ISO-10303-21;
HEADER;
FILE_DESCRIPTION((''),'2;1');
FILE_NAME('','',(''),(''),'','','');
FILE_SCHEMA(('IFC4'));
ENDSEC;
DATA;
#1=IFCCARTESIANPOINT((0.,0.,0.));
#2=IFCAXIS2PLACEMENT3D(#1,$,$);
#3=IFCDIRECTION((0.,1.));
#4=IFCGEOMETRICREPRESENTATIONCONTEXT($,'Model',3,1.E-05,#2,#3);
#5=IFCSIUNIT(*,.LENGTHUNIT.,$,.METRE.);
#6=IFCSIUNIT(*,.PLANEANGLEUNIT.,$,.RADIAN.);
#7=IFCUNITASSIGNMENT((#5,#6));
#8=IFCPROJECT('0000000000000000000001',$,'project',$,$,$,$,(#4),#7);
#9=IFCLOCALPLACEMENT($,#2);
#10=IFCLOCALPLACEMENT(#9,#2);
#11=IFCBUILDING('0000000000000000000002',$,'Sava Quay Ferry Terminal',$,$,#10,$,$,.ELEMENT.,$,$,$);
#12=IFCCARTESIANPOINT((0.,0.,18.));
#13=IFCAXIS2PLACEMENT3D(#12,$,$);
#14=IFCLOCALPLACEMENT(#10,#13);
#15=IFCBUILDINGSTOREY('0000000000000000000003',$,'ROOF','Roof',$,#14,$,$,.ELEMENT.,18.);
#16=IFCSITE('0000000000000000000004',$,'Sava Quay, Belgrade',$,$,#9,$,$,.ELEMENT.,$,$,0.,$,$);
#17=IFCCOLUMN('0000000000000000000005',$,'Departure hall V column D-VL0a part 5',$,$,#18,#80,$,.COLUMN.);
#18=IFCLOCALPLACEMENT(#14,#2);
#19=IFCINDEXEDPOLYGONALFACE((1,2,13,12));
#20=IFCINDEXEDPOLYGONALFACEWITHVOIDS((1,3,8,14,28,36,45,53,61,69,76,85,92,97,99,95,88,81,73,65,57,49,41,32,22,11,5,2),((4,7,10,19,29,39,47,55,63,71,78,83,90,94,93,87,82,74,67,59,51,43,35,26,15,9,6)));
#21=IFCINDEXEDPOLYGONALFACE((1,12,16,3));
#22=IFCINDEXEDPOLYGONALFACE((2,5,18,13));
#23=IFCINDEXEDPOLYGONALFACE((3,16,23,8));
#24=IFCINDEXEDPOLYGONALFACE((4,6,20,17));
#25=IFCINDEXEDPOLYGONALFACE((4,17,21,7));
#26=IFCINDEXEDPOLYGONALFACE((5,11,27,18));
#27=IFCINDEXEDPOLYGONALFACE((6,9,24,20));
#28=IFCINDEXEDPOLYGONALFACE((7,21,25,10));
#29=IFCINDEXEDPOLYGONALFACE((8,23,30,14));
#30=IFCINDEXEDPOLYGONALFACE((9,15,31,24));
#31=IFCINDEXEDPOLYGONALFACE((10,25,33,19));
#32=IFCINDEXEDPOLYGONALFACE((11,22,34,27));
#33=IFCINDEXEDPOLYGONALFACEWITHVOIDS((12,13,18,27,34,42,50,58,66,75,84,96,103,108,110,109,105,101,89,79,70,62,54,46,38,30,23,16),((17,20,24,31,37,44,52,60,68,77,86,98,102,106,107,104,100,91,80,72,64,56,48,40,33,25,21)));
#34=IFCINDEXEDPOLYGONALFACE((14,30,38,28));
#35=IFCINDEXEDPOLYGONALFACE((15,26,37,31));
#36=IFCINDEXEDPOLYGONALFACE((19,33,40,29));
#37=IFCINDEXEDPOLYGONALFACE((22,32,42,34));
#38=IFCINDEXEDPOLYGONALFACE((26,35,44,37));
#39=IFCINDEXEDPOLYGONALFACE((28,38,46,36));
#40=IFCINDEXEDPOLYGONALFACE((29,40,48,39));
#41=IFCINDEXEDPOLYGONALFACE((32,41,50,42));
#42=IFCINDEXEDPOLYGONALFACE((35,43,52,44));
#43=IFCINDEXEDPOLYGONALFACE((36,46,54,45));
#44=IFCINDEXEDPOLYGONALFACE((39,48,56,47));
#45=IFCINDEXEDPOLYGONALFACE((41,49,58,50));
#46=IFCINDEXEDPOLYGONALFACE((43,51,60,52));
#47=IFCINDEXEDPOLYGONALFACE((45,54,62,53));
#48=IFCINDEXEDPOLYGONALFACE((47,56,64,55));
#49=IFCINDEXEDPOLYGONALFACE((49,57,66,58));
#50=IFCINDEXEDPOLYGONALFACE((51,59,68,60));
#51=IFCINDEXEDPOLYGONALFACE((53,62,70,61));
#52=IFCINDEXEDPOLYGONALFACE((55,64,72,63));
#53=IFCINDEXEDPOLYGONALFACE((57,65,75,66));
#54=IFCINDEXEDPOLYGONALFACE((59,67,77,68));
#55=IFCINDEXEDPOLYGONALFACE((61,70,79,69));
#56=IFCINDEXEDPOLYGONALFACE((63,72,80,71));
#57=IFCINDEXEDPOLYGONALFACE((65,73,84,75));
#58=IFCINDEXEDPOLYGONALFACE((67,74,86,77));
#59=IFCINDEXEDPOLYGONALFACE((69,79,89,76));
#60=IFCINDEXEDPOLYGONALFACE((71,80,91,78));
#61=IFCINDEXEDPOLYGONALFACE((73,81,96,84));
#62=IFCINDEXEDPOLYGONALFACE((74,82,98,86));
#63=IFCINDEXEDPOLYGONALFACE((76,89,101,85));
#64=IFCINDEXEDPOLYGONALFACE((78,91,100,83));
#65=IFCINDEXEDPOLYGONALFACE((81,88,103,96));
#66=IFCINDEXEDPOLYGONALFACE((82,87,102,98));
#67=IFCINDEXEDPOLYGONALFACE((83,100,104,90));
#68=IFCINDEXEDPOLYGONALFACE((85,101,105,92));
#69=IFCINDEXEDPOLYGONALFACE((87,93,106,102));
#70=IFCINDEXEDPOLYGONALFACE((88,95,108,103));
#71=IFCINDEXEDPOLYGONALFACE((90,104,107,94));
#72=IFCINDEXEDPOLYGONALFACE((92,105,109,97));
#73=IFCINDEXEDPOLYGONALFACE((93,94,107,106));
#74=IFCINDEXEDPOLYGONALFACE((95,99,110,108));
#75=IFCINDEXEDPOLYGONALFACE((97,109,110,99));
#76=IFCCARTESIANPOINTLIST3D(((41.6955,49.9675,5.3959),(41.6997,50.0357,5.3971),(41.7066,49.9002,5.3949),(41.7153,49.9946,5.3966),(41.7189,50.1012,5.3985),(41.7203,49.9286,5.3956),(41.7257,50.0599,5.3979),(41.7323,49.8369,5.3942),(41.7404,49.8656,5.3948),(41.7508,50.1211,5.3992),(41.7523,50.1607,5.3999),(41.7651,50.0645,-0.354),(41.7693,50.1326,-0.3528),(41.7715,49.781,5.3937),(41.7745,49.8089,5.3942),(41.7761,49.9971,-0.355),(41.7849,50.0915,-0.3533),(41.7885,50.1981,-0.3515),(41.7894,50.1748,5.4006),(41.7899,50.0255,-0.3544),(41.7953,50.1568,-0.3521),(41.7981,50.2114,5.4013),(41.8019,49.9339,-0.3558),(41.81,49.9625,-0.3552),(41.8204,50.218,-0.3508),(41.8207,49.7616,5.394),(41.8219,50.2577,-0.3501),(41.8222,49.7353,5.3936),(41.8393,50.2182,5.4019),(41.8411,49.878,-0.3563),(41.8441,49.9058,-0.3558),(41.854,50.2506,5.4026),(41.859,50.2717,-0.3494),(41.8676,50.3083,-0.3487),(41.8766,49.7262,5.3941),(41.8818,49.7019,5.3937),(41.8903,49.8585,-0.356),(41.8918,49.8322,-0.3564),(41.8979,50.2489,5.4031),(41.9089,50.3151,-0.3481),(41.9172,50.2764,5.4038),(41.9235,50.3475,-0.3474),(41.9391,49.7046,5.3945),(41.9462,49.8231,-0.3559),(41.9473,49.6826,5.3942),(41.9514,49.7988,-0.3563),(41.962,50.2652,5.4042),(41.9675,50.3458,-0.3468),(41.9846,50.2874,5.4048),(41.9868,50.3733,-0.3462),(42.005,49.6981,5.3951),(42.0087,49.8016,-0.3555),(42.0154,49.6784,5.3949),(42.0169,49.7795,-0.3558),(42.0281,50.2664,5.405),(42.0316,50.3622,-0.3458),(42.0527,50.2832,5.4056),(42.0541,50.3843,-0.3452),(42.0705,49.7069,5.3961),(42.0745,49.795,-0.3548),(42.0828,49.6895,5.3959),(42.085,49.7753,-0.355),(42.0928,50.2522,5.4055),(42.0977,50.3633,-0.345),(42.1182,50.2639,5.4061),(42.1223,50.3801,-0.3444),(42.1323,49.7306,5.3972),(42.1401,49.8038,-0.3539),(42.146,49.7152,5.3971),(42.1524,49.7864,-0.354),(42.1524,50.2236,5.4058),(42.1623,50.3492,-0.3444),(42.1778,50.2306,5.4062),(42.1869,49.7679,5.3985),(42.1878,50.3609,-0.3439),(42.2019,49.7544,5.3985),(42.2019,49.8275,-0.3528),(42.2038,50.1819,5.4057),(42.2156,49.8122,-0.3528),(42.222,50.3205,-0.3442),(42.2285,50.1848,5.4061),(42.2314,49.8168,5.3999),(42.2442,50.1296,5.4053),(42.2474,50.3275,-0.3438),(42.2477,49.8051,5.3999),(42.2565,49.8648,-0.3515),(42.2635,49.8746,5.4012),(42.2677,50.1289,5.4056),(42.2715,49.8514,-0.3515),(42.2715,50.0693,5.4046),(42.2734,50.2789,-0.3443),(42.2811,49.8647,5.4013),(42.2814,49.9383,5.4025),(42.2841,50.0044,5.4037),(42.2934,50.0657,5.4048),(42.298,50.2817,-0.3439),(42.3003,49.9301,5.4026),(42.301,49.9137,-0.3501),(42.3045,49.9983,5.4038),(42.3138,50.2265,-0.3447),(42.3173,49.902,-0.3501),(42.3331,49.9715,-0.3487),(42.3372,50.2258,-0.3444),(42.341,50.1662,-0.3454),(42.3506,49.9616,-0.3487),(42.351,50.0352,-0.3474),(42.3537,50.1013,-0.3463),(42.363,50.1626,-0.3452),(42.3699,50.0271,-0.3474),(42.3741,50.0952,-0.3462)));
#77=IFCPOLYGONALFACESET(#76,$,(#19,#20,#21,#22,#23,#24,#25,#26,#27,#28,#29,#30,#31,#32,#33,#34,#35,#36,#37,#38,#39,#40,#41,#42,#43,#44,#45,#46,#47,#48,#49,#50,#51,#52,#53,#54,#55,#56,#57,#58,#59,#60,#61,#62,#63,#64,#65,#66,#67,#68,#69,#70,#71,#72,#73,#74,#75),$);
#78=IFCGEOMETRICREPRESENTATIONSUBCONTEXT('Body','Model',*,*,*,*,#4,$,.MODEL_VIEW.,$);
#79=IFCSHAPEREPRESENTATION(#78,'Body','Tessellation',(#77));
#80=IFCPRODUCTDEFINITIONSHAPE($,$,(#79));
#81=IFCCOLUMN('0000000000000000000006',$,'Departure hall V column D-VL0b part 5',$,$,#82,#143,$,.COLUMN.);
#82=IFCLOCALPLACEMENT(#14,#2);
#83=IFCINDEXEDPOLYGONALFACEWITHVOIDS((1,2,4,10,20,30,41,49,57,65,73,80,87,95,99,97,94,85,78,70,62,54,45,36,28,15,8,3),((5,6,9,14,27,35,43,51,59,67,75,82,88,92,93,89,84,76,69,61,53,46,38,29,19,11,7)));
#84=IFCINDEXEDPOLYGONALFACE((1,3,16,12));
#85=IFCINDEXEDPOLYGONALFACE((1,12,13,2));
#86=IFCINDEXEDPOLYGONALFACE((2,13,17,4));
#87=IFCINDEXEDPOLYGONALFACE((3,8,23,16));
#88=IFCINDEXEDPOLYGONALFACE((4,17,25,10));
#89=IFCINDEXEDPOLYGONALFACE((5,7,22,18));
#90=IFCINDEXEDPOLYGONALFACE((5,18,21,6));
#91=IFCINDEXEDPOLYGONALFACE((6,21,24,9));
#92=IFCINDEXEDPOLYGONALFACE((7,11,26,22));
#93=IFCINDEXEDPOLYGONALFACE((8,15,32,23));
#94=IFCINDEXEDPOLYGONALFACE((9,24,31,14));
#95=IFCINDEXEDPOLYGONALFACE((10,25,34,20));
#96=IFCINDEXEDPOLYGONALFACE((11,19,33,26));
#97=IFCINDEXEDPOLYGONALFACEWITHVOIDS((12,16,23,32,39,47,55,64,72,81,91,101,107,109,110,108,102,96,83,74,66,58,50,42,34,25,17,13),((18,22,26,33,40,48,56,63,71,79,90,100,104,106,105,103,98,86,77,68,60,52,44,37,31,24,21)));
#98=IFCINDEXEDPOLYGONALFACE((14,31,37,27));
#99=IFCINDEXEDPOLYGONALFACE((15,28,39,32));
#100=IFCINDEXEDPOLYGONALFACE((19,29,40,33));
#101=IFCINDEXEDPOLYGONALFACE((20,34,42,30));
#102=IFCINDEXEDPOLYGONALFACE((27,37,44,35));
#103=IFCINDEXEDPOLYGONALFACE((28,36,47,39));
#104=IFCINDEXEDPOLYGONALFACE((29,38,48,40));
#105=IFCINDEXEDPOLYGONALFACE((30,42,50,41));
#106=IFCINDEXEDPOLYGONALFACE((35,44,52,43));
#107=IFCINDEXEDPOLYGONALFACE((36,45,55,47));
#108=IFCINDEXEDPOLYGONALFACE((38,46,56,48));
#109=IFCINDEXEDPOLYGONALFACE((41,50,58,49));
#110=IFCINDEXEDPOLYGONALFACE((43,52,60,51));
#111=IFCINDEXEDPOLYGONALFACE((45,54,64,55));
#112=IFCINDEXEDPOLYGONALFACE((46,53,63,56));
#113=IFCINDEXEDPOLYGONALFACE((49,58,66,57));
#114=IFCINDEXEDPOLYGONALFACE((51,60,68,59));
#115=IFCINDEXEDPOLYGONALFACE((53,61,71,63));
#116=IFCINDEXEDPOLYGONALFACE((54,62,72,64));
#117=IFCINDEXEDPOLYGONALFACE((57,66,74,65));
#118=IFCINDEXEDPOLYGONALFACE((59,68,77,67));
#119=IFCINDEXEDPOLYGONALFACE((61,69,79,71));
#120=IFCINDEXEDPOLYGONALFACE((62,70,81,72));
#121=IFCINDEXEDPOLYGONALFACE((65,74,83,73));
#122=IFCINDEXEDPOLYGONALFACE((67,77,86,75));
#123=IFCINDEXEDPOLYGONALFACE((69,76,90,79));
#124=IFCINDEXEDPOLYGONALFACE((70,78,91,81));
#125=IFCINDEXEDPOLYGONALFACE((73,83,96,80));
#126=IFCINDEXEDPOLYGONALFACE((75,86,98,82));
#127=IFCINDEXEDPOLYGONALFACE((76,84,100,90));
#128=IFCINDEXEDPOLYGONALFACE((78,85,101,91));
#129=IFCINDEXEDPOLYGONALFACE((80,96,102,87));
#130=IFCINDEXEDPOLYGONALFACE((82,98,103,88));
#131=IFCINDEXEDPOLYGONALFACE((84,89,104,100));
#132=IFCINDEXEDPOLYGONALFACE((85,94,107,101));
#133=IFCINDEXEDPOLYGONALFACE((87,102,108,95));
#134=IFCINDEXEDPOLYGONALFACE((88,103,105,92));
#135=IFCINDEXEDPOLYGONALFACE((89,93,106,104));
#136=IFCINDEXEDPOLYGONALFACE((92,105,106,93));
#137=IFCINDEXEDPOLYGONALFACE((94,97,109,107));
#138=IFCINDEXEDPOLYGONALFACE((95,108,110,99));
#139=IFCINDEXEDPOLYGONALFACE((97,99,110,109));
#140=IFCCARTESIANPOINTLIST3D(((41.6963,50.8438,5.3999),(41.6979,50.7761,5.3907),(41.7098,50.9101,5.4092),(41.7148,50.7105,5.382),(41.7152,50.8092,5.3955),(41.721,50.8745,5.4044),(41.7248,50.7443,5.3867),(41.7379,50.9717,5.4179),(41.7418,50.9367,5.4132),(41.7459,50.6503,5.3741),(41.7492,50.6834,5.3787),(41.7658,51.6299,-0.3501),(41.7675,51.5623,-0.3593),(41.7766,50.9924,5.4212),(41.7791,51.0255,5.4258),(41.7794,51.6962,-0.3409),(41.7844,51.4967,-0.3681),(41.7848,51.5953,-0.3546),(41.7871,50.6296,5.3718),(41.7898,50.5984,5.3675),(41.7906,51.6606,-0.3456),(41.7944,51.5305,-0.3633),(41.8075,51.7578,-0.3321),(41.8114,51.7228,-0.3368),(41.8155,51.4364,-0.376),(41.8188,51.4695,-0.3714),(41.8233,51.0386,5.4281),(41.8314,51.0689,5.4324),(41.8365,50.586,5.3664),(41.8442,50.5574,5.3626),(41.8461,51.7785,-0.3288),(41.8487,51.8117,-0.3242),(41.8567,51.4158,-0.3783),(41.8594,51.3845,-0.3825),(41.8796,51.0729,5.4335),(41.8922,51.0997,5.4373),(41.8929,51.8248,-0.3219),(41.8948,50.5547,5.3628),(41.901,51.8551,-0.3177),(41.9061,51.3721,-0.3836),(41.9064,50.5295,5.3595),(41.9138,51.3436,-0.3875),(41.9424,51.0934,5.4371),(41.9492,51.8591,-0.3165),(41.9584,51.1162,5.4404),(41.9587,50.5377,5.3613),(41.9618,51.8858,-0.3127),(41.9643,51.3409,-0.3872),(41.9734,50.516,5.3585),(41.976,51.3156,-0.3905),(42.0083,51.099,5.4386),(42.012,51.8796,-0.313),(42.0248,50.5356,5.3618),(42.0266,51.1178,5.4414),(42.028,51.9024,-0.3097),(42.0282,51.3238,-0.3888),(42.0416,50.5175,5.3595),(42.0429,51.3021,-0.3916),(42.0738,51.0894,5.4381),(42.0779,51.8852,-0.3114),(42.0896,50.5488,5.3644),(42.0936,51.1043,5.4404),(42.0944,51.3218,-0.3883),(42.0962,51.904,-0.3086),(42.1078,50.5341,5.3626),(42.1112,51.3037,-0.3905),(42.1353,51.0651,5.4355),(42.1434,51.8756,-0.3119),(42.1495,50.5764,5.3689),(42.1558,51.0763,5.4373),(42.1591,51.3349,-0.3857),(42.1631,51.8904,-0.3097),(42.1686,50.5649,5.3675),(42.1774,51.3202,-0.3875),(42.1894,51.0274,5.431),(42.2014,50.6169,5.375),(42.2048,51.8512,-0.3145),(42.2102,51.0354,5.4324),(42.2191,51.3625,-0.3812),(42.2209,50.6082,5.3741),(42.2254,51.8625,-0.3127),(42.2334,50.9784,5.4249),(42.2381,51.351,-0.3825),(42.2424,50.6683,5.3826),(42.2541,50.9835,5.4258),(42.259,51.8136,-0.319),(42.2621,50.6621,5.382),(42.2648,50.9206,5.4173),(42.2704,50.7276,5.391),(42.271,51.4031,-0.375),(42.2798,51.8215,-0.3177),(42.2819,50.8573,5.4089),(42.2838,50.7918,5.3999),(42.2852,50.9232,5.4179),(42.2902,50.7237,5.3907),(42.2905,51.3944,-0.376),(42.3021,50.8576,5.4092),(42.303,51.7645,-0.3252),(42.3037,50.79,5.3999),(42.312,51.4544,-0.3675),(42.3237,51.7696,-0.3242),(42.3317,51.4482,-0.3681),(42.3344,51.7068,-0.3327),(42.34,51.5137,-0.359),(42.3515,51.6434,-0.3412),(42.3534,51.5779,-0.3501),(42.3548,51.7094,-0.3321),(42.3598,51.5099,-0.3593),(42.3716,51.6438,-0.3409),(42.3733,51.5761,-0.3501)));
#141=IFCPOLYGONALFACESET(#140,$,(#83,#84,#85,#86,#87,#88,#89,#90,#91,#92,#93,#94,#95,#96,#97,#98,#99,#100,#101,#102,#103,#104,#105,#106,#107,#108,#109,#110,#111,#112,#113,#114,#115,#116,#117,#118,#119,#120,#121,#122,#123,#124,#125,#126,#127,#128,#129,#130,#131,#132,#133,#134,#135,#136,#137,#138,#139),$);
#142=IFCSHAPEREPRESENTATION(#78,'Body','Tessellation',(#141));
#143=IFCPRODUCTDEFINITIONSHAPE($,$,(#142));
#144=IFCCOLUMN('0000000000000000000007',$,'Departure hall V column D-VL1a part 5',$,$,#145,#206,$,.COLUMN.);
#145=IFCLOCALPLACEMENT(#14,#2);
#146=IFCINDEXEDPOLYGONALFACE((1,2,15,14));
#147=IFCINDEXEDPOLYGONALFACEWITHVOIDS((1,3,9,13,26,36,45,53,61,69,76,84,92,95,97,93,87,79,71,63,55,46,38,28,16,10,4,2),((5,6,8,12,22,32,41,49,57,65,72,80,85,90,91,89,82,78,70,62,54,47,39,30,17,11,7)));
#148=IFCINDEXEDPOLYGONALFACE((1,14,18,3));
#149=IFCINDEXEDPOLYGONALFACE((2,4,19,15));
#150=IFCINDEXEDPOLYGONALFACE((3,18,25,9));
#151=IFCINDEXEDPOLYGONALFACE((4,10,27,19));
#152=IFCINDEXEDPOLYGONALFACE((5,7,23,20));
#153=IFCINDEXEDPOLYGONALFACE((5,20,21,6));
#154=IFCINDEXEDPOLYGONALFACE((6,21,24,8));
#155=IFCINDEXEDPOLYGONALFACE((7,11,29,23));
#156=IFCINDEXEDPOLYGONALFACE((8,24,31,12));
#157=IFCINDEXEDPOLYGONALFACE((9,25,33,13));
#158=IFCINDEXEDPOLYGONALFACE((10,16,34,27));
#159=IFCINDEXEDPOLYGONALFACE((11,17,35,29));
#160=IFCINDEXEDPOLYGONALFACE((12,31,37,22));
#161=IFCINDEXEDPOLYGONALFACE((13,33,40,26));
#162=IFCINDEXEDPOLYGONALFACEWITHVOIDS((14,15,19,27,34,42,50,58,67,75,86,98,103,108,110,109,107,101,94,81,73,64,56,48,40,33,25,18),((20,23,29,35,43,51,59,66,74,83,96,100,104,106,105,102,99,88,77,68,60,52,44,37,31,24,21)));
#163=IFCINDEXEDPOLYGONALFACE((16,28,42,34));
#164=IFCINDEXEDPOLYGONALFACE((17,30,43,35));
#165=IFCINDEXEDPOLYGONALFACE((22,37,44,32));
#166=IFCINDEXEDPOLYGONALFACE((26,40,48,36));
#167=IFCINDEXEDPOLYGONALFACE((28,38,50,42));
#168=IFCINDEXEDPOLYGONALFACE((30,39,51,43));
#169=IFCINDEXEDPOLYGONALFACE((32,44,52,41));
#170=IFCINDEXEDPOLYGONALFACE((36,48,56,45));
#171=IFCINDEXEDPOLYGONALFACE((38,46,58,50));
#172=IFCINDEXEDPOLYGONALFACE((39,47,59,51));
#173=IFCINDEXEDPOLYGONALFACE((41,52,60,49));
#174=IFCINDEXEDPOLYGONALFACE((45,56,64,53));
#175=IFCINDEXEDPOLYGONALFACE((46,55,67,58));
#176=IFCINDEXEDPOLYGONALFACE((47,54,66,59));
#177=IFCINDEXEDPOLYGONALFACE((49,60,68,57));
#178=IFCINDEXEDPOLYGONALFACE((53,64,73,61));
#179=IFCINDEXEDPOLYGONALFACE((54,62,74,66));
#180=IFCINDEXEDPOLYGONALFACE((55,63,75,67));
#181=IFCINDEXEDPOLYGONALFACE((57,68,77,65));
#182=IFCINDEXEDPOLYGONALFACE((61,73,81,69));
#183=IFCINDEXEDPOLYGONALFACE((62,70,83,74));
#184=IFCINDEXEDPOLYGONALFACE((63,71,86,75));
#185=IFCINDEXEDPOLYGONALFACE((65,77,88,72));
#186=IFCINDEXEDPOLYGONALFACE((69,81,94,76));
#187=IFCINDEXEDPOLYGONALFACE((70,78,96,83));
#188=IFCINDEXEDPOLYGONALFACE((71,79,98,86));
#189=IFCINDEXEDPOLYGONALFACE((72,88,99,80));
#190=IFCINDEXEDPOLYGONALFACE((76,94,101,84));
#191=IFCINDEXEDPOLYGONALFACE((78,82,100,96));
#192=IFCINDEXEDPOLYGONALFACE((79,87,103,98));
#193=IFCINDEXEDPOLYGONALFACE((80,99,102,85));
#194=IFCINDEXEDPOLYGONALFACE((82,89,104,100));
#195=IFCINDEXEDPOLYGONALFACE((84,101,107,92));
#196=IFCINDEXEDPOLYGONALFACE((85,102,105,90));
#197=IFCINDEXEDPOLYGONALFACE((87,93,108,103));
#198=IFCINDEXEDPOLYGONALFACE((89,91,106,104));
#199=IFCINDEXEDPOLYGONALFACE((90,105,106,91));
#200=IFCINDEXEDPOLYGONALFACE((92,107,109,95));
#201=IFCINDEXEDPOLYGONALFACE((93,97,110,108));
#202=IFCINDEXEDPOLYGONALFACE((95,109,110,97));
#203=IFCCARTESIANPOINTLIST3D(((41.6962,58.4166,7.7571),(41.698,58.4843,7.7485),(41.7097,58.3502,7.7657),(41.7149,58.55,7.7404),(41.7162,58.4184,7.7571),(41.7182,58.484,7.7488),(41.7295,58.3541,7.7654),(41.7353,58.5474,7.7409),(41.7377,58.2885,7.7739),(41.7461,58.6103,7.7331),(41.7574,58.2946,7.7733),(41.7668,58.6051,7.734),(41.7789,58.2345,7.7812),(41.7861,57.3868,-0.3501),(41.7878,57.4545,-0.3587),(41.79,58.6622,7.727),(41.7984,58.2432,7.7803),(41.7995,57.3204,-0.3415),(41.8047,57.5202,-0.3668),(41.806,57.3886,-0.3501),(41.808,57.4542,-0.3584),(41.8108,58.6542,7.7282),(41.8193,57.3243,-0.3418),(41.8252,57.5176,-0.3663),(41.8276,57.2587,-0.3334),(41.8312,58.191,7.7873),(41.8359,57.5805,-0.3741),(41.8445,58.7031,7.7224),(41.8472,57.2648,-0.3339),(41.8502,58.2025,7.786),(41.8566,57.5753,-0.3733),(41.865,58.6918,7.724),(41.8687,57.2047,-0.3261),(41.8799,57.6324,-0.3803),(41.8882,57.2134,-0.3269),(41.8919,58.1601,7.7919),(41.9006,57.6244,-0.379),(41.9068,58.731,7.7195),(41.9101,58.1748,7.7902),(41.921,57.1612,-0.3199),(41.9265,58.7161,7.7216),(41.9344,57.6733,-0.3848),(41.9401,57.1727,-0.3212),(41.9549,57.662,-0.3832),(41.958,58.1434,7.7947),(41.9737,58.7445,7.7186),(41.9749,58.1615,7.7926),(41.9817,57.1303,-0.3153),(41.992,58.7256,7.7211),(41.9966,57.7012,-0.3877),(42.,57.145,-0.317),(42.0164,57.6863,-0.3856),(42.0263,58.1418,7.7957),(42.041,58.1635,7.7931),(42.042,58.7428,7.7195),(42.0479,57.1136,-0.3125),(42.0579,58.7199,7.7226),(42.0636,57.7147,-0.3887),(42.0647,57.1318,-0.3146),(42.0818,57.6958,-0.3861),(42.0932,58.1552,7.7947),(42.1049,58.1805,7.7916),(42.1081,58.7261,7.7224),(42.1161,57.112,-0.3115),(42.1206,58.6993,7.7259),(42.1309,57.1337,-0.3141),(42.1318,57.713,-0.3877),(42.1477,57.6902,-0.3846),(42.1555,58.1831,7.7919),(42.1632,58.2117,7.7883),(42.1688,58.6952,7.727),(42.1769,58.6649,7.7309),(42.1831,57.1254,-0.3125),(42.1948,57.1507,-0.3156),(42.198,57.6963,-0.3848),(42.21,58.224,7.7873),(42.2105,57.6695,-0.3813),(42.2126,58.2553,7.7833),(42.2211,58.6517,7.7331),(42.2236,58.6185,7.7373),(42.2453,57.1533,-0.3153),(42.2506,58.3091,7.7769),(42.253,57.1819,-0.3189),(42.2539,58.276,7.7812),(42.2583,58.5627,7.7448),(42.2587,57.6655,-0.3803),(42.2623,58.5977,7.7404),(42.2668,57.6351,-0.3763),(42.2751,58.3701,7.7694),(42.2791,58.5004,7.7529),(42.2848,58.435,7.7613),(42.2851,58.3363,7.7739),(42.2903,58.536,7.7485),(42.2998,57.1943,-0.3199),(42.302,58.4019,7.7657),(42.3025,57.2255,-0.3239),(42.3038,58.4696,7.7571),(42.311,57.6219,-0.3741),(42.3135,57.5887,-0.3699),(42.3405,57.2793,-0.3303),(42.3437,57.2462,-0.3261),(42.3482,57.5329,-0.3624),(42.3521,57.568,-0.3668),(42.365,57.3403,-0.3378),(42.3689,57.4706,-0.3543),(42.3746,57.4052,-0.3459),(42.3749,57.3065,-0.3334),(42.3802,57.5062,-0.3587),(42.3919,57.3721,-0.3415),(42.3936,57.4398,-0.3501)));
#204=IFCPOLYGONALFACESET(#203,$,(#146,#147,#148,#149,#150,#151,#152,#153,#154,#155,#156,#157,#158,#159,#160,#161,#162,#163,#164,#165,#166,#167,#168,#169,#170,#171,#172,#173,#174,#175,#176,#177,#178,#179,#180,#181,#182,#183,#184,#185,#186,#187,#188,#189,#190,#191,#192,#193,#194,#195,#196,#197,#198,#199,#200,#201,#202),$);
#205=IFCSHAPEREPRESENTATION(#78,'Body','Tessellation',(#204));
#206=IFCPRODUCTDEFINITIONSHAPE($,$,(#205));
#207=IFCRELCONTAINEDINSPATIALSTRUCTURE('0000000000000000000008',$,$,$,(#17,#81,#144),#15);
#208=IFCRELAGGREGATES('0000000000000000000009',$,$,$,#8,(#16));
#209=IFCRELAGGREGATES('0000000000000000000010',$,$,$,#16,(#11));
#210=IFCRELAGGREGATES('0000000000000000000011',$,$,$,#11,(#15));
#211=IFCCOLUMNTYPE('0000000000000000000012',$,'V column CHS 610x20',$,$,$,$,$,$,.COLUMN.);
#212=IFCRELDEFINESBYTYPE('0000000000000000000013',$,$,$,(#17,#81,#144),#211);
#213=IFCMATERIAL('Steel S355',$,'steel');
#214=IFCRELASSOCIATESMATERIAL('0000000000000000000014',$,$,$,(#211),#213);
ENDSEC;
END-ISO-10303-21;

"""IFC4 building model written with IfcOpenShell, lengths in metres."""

from ifc_helpers import new_model, si_unit, direction, frame, origin, origin_2d, place, context, subcontext, project, spatial, hollow_circle, extrude, material, material_profile, profile_set, type_object, element, save


model = new_model("IFC4")

# Units and contexts
model_context = context("Model", 3, precision=1e-05, world=origin(), true_north=direction((0.0, 1.0)))
body_context = subcontext(model_context, "Body", "Model", "MODEL_VIEW")
ifc_project = project(units=[si_unit("LENGTHUNIT", "METRE"), si_unit("PLANEANGLEUNIT", "RADIAN")], contexts=[model_context])

# Site, building, storey
site_placement = place(None, origin())
site = spatial("IfcSite", under=ifc_project, at=site_placement, Name="Sava Quay, Belgrade", CompositionType="ELEMENT", RefElevation=0.0)
building_placement = place(site_placement, origin())
building = spatial("IfcBuilding", under=site, at=building_placement, Name="Sava Quay Ferry Terminal", CompositionType="ELEMENT")
storey_placement = place(building_placement, frame((0.0, 0.0, 18.0)))
storey = spatial("IfcBuildingStorey", under=building, at=storey_placement, Name="ROOF", Description="Roof", CompositionType="ELEMENT", Elevation=18.0)

# Columns
ifc_material_1 = material(Name="Steel S355", Category="steel")
ifc_material_profile = material_profile(ifc_material_1, hollow_circle(Radius=0.3049, WallThickness=0.02, at=origin_2d()), Name="CHS 610 x 20.0")
ifc_profile_set = profile_set([ifc_material_profile], Name="Steel S355")
column_type = type_object("IfcColumnType", Name="V column CHS 610x20", PredefinedType="COLUMN", material=ifc_profile_set)
column_1_placement = place(storey_placement, frame((42.0696, 50.0798, -0.3501), z_axis=(-0.012098, -0.016853, 0.999785), x_axis=(0.812349, -0.583172, 0.0)))
element("IfcColumn", 1, at=column_1_placement, inside=storey, type_object=column_type, Name="Departure hall V column D-VL0a part 5", PredefinedType="COLUMN", context=body_context, shape_type="SweptSolid", body=[
    extrude(hollow_circle(Radius=0.3049, WallThickness=0.02, at=origin_2d()), origin(), (0.0, 0.0, 1.0), 5.7512),
])
column_2_placement = place(storey_placement, frame((42.0696, 51.603, -0.3501), z_axis=(-0.011988, -0.135449, 0.990712), x_axis=(0.996106, -0.088165, 0.0)))
element("IfcColumn", 2, at=column_2_placement, inside=storey, type_object=column_type, Name="Departure hall V column D-VL0b part 5", PredefinedType="COLUMN", context=body_context, shape_type="SweptSolid", body=[
    extrude(hollow_circle(Radius=0.3049, WallThickness=0.02, at=origin_2d()), origin(), (0.0, 0.0, 1.0), 5.804),
])
column_3_placement = place(storey_placement, frame((42.0898, 57.4133, -0.3501), z_axis=(-0.010993, 0.126001, 0.991969), x_axis=(-0.996216, -0.086915, 0.0)))
element("IfcColumn", 3, at=column_3_placement, inside=storey, type_object=column_type, Name="Departure hall V column D-VL1a part 5", PredefinedType="COLUMN", context=body_context, shape_type="SweptSolid", body=[
    extrude(hollow_circle(Radius=0.3049, WallThickness=0.02, at=origin_2d()), origin(), (0.0, 0.0, 1.0), 8.1729),
])

save(model, "model.ifc")
